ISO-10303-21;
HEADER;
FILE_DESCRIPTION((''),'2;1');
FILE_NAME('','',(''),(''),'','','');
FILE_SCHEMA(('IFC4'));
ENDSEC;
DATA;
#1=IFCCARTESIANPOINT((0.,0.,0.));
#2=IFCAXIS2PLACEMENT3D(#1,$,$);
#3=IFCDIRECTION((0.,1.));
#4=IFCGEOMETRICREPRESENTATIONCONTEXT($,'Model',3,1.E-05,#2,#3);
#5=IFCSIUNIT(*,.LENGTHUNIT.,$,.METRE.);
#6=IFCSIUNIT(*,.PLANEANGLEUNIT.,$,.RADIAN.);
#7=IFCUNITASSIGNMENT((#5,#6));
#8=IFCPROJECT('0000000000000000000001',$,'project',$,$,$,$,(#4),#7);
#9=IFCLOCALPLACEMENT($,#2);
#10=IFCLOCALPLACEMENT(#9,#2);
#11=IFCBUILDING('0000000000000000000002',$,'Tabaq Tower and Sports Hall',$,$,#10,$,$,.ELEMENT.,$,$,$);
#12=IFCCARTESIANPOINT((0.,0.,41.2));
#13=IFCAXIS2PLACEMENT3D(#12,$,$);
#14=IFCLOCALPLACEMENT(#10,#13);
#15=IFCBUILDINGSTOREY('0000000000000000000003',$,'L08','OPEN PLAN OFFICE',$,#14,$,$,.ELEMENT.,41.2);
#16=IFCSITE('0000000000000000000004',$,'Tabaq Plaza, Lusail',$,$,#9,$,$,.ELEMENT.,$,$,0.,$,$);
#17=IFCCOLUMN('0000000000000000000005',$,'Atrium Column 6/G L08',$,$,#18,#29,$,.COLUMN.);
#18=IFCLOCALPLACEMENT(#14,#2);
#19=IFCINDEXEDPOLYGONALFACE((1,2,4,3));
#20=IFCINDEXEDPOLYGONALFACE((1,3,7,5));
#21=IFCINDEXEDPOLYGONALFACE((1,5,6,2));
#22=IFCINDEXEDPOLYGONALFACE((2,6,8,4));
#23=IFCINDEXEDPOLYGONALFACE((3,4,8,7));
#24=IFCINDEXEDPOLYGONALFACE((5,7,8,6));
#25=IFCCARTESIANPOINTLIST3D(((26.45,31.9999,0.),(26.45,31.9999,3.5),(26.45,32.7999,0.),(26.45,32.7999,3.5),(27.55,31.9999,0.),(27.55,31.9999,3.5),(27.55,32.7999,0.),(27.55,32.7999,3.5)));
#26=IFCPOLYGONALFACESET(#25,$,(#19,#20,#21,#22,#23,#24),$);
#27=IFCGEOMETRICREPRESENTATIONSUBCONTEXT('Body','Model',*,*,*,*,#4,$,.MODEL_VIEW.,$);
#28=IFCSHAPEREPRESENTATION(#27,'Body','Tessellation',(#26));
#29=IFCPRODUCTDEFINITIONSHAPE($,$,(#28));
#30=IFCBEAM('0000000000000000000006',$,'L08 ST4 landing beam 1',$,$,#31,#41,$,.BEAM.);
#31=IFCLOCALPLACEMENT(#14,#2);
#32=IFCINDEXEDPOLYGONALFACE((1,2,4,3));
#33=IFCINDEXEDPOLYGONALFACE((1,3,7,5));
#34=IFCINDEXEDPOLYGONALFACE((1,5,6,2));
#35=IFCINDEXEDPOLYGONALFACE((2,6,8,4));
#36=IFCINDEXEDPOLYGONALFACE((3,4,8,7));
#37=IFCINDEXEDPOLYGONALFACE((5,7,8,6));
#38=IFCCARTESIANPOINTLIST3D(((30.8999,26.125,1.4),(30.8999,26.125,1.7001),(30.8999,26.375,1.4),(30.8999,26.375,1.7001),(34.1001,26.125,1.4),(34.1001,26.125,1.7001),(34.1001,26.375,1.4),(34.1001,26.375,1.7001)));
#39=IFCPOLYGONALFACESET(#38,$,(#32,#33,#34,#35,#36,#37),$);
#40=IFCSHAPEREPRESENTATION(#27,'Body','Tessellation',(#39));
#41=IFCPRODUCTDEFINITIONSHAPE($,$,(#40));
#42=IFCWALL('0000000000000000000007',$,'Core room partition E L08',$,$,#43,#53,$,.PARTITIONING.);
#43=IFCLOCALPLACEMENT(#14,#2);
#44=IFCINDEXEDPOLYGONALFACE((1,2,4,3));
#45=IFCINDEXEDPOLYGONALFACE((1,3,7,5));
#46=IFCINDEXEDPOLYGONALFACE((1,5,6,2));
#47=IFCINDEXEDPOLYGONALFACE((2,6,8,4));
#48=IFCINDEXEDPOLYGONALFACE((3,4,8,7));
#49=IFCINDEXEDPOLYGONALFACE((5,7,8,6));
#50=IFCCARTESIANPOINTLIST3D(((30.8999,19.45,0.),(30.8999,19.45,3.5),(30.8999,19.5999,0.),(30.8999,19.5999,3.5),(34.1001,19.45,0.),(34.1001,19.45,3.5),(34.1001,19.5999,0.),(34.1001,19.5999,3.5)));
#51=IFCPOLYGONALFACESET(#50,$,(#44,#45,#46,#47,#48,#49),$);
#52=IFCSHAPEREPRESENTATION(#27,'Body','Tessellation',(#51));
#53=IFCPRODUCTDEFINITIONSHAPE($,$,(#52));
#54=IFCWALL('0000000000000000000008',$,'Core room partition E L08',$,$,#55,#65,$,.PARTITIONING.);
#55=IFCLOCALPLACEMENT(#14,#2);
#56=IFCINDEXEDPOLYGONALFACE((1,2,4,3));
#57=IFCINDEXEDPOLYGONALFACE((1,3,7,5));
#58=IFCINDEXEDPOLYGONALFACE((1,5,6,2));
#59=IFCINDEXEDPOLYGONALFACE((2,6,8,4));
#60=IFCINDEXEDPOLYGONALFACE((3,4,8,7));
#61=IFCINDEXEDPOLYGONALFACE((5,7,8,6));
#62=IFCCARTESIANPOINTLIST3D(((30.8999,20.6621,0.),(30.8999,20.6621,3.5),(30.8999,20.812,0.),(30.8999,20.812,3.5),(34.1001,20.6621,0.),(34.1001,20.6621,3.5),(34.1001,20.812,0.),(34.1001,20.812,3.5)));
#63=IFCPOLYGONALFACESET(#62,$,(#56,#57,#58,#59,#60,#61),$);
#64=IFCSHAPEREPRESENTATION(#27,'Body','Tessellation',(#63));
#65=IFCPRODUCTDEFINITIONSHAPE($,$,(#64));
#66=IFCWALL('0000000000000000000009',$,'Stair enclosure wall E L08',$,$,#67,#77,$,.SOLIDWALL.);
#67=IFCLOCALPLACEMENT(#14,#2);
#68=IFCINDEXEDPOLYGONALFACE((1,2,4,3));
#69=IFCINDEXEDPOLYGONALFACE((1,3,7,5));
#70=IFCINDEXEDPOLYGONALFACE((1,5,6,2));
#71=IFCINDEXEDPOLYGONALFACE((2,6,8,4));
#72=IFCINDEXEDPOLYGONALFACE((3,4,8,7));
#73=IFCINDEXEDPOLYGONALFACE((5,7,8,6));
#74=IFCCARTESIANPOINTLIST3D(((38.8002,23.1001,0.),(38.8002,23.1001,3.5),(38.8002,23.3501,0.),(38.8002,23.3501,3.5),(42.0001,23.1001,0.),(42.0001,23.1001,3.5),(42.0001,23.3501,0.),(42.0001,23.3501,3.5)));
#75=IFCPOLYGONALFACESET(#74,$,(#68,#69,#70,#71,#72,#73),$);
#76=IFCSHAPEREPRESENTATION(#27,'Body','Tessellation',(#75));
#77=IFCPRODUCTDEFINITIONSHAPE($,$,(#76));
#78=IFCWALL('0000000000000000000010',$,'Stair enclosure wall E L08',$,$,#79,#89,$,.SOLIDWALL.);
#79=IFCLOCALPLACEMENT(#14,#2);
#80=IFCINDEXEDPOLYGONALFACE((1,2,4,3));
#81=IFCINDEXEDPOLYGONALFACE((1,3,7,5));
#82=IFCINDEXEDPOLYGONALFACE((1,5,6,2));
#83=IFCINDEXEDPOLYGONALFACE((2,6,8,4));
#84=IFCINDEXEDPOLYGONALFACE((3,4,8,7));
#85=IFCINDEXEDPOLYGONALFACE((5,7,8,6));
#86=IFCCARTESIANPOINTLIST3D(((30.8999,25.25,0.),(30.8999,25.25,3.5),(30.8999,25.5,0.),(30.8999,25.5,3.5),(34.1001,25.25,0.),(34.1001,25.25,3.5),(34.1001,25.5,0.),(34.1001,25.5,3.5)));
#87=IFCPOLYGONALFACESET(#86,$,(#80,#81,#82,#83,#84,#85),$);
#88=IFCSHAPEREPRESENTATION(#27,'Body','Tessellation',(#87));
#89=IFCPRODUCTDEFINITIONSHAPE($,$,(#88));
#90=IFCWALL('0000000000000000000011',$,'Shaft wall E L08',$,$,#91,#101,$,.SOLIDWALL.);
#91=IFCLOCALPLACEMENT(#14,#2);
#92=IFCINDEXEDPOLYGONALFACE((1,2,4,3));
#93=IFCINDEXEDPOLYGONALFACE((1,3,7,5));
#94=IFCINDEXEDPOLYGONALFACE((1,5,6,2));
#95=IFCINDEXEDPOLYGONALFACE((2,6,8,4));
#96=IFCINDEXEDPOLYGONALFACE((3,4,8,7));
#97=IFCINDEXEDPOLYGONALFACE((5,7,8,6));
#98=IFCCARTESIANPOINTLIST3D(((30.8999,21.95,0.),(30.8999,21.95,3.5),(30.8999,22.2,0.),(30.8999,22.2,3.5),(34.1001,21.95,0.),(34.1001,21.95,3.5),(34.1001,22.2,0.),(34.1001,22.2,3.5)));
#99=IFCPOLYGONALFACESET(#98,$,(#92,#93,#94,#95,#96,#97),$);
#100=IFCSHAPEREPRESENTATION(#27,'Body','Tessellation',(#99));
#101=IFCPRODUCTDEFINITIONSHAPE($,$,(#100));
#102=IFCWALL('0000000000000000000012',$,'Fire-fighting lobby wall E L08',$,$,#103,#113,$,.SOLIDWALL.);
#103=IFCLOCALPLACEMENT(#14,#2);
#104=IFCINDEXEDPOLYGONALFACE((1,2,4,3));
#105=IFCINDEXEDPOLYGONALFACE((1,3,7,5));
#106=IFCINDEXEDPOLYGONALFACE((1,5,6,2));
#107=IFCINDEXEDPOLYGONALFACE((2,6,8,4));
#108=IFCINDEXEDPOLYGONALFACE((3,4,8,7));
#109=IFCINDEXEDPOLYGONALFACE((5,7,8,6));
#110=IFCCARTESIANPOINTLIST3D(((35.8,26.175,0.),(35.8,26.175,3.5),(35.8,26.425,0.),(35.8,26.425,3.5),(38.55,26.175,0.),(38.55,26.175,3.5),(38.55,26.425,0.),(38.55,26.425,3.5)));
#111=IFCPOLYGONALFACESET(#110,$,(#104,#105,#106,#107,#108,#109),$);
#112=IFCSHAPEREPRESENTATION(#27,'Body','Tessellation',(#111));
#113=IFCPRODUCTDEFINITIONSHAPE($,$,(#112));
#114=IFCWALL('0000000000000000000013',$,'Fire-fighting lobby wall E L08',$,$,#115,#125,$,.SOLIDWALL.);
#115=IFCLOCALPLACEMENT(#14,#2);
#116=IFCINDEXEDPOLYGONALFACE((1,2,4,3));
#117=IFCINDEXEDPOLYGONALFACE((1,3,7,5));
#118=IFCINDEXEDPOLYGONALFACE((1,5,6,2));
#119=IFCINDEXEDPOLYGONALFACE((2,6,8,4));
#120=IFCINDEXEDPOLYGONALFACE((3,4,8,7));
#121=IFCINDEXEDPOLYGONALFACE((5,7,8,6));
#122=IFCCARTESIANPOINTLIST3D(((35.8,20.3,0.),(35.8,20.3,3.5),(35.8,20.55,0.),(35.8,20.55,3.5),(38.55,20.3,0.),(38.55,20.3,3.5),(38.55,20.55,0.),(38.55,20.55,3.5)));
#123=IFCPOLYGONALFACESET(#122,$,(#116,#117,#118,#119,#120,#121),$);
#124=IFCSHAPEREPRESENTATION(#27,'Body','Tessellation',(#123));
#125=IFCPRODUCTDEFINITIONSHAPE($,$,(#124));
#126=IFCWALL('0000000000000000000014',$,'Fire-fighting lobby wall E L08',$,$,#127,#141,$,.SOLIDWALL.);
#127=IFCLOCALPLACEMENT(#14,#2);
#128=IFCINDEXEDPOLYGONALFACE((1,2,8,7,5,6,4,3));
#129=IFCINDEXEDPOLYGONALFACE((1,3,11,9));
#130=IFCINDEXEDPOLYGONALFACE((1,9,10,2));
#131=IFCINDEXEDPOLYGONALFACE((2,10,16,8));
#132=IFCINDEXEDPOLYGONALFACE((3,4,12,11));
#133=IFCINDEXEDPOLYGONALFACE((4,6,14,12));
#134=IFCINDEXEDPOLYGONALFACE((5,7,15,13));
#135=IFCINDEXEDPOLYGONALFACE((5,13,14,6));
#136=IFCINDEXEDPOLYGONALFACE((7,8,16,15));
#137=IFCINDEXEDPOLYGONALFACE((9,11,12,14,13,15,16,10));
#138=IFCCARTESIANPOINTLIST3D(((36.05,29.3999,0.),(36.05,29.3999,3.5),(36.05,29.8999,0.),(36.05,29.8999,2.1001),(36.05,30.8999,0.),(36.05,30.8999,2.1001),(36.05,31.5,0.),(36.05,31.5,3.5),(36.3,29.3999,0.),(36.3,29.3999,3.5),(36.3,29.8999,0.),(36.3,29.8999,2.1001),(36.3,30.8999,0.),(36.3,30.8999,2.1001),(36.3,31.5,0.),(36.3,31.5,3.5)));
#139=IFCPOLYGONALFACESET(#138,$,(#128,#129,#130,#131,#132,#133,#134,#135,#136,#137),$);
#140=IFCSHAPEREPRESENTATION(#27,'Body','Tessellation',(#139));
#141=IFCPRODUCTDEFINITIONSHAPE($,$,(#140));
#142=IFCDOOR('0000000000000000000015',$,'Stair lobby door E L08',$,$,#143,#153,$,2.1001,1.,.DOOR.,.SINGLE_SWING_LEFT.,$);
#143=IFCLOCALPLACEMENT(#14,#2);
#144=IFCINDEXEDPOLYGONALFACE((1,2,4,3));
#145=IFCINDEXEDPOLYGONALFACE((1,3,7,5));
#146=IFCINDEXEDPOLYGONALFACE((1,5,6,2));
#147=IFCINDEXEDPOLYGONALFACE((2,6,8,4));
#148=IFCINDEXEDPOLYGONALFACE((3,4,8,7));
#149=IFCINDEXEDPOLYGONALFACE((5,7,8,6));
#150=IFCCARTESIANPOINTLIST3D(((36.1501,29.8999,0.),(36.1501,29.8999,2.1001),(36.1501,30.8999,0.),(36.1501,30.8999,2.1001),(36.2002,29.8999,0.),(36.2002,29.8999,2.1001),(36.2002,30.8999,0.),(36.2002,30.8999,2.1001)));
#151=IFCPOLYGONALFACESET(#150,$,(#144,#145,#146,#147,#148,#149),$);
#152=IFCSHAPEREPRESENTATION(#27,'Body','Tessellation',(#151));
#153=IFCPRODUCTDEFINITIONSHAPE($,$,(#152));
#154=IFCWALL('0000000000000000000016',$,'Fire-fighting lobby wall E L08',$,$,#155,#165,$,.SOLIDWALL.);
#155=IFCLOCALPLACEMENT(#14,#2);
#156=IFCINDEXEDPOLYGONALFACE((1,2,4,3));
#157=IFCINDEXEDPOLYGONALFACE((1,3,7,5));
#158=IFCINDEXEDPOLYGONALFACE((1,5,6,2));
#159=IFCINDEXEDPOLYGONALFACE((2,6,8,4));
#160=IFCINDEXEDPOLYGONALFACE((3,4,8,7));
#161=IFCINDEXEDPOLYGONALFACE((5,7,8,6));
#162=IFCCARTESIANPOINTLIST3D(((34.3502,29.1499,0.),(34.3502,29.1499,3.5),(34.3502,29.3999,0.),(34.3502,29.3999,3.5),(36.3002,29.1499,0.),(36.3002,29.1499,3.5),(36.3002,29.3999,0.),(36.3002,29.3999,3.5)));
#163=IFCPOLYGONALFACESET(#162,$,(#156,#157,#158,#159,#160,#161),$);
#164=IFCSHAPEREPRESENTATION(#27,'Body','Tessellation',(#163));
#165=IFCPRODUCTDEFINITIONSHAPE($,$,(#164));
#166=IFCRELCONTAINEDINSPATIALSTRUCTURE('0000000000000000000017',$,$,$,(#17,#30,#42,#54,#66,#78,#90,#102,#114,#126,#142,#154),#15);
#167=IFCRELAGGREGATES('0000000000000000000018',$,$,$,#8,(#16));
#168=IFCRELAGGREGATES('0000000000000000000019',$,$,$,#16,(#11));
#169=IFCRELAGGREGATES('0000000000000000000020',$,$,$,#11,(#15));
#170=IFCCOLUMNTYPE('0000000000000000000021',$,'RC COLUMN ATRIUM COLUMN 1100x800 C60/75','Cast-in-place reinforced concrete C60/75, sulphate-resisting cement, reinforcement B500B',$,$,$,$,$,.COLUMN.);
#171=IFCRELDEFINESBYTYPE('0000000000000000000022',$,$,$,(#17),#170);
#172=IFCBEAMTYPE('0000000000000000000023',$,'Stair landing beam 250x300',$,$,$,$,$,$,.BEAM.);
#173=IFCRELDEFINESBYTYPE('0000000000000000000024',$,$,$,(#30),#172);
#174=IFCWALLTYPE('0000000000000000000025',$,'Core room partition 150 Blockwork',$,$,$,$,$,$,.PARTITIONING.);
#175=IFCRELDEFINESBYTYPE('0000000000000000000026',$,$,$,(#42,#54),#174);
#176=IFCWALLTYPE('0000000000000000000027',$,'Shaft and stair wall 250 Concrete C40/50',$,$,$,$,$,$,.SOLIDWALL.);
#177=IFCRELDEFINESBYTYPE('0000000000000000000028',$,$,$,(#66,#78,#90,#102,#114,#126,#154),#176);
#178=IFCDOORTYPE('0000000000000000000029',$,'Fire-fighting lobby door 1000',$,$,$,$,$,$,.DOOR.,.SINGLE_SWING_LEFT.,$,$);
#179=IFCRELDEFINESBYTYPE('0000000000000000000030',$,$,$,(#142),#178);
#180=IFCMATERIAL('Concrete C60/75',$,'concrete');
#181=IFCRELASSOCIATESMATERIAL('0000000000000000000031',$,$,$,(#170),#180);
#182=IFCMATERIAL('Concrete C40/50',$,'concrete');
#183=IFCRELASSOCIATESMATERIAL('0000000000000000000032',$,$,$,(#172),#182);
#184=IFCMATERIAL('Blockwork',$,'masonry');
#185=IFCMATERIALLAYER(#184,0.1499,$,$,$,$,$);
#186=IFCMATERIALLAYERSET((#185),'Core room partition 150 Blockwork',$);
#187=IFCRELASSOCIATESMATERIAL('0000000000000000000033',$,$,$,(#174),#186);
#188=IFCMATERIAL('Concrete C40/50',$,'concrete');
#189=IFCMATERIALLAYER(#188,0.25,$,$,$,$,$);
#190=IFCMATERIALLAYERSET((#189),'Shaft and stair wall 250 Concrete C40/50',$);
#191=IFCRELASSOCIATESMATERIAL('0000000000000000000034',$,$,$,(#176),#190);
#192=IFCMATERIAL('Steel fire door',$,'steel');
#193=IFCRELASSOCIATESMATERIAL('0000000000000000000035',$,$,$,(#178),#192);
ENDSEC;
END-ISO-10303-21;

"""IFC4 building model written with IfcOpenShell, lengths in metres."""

from ifc_helpers import new_model, si_unit, direction, frame, frame_2d, origin, origin_2d, place, context, subcontext, project, spatial, rectangle, extrude, material, layer, layer_set, material_profile, profile_set, type_object, element, fill, save


model = new_model("IFC4")

# Units and contexts
model_context = context("Model", 3, precision=1e-05, world=origin(), true_north=direction((0.0, 1.0)))
body_context = subcontext(model_context, "Body", "Model", "MODEL_VIEW")
ifc_project = project(units=[si_unit("LENGTHUNIT", "METRE"), si_unit("PLANEANGLEUNIT", "RADIAN")], contexts=[model_context])

# Site, building, storey
site_placement = place(None, origin())
site = spatial("IfcSite", under=ifc_project, at=site_placement, Name="Tabaq Plaza, Lusail", CompositionType="ELEMENT", RefElevation=0.0)
building_placement = place(site_placement, origin())
building = spatial("IfcBuilding", under=site, at=building_placement, Name="Tabaq Tower and Sports Hall", CompositionType="ELEMENT")
storey_placement = place(building_placement, frame((0.0, 0.0, 41.2)))
storey = spatial("IfcBuildingStorey", under=building, at=storey_placement, Name="L08", Description="OPEN PLAN OFFICE", CompositionType="ELEMENT", Elevation=41.2)

# Column
ifc_material_1 = material(Name="Concrete C60/75", Category="concrete")
ifc_material_profile_1 = material_profile(ifc_material_1, rectangle(XDim=1.1001, YDim=0.8, at=origin_2d()), Name="ATRIUM COLUMN 1100x800")
ifc_profile_set_1 = profile_set([ifc_material_profile_1], Name="Concrete C60/75")
column_type = type_object("IfcColumnType", Name="RC COLUMN ATRIUM COLUMN 1100x800 C60/75", Description="Cast-in-place reinforced concrete C60/75, sulphate-resisting cement, reinforcement B500B", PredefinedType="COLUMN", material=ifc_profile_set_1)
column_placement = place(storey_placement, frame((27.0, 32.3999, 0.0), z_axis=(0.0, 0.0, 1.0), x_axis=(1.0, 0.0, 0.0)))
element("IfcColumn", 1, at=column_placement, inside=storey, type_object=column_type, Name="Atrium Column 6/G L08", PredefinedType="COLUMN", context=body_context, shape_type="SweptSolid", body=[
    extrude(rectangle(XDim=1.1001, YDim=0.8, at=origin_2d()), origin(), (0.0, 0.0, 1.0), 3.5),
])

# Beam
ifc_material_2 = material(Name="Concrete C40/50", Category="concrete")
ifc_material_profile_2 = material_profile(ifc_material_2, rectangle(XDim=0.25, YDim=0.3, at=origin_2d()), Name="RC 250x300")
ifc_profile_set_2 = profile_set([ifc_material_profile_2], Name="Concrete C40/50")
beam_type = type_object("IfcBeamType", Name="Stair landing beam 250x300", PredefinedType="BEAM", material=ifc_profile_set_2)
beam_placement = place(storey_placement, frame((30.8999, 26.25, 1.55), z_axis=(1.0, 0.0, 0.0), x_axis=(0.0, 1.0, 0.0)))
element("IfcBeam", 2, at=beam_placement, inside=storey, type_object=beam_type, Name="L08 ST4 landing beam 1", PredefinedType="BEAM", context=body_context, shape_type="SweptSolid", body=[
    extrude(rectangle(XDim=0.25, YDim=0.3, at=origin_2d()), origin(), (0.0, 0.0, 1.0), 3.2002),
])

# Walls
ifc_material_3 = material(Name="Blockwork", Category="masonry")
ifc_layer_1 = layer(ifc_material_3, 0.1499)
ifc_layer_set_1 = layer_set([ifc_layer_1], Name="Core room partition 150 Blockwork")
wall_type_1 = type_object("IfcWallType", Name="Core room partition 150 Blockwork", PredefinedType="PARTITIONING", material=ifc_layer_set_1)
for number, where, z_axis, x_axis, name in (
    (3, (30.8999, 19.5249, 0.0), (0.0, 0.0, 1.0), (1.0, 0.0, 0.0), "Core room partition E L08"),
    (4, (30.8999, 20.7371, 0.0), (0.0, 0.0, 1.0), (1.0, 0.0, 0.0), "Core room partition E L08"),
):
    element("IfcWall", number, at=place(storey_placement, frame(where, z_axis=z_axis, x_axis=x_axis)), inside=storey, type_object=wall_type_1, Name=name, PredefinedType="PARTITIONING", context=body_context, shape_type="SweptSolid", body=[
        extrude(rectangle(XDim=3.2002, YDim=0.1499, at=frame_2d((1.6001, 0.0))), origin(), (0.0, 0.0, 1.0), 3.5),
    ])

# Walls
ifc_material_4 = material(Name="Concrete C40/50", Category="concrete")
ifc_layer_2 = layer(ifc_material_4, 0.25)
ifc_layer_set_2 = layer_set([ifc_layer_2], Name="Shaft and stair wall 250 Concrete C40/50")
wall_type_2 = type_object("IfcWallType", Name="Shaft and stair wall 250 Concrete C40/50", PredefinedType="SOLIDWALL", material=ifc_layer_set_2)
wall_1_placement = place(storey_placement, frame((38.8, 23.2251, 0.0), z_axis=(0.0, 0.0, 1.0), x_axis=(1.0, 0.0, 0.0)))
element("IfcWall", 5, at=wall_1_placement, inside=storey, type_object=wall_type_2, Name="Stair enclosure wall E L08", PredefinedType="SOLIDWALL", context=body_context, shape_type="SweptSolid", body=[
    extrude(rectangle(XDim=3.2, YDim=0.25, at=frame_2d((1.6001, 0.0))), origin(), (0.0, 0.0, 1.0), 3.5),
])
for number, where, z_axis, x_axis, name in (
    (6, (30.8999, 25.375, 0.0), (0.0, 0.0, 1.0), (1.0, 0.0, 0.0), "Stair enclosure wall E L08"),
    (7, (30.8999, 22.075, 0.0), (0.0, 0.0, 1.0), (1.0, 0.0, 0.0), "Shaft wall E L08"),
):
    element("IfcWall", number, at=place(storey_placement, frame(where, z_axis=z_axis, x_axis=x_axis)), inside=storey, type_object=wall_type_2, Name=name, PredefinedType="SOLIDWALL", context=body_context, shape_type="SweptSolid", body=[
        extrude(rectangle(XDim=3.2002, YDim=0.25, at=frame_2d((1.6001, 0.0))), origin(), (0.0, 0.0, 1.0), 3.5),
    ])
for number, where, z_axis, x_axis, name in (
    (8, (35.8, 26.3, 0.0), (0.0, 0.0, 1.0), (1.0, 0.0, 0.0), "Fire-fighting lobby wall E L08"),
    (9, (35.8, 20.425, 0.0), (0.0, 0.0, 1.0), (1.0, 0.0, 0.0), "Fire-fighting lobby wall E L08"),
):
    element("IfcWall", number, at=place(storey_placement, frame(where, z_axis=z_axis, x_axis=x_axis)), inside=storey, type_object=wall_type_2, Name=name, PredefinedType="SOLIDWALL", context=body_context, shape_type="SweptSolid", body=[
        extrude(rectangle(XDim=2.75, YDim=0.25, at=frame_2d((1.375, 0.0))), origin(), (0.0, 0.0, 1.0), 3.5),
    ])

# Wall, opening, door
wall_2_placement = place(storey_placement, frame((36.175, 29.3999, 0.0), z_axis=(0.0, 0.0, 1.0), x_axis=(0.0, 1.0, 0.0)))
wall_2 = element("IfcWall", 10, at=wall_2_placement, inside=storey, type_object=wall_type_2, Name="Fire-fighting lobby wall E L08", PredefinedType="SOLIDWALL", context=body_context, shape_type="SweptSolid", body=[
    extrude(rectangle(XDim=2.1001, YDim=0.25, at=frame_2d((1.05, 0.0))), origin(), (0.0, 0.0, 1.0), 3.5),
])
opening_1_placement = place(wall_2_placement, frame((0.5, 0.0, 0.0)))
opening_1 = element("IfcOpeningElement", 11, at=opening_1_placement, cuts=wall_2, PredefinedType="OPENING", context=body_context, shape_type="SweptSolid", body=[
    extrude(rectangle(XDim=1.0, YDim=2.1001, at=frame_2d((0.5, 1.05))), frame((0.0, 0.125, 0.0), z_axis=(0.0, -1.0, 0.0), x_axis=(1.0, 0.0, 0.0)), (0.0, 0.0, 1.0), 0.25),
])
ifc_material_5 = material(Name="Steel fire door", Category="steel")
door_type_1 = type_object("IfcDoorType", Name="Fire-fighting lobby door 1000", OperationType="SINGLE_SWING_LEFT", PredefinedType="DOOR", material=ifc_material_5)
door_1_placement = place(opening_1_placement, origin())
door_1 = element("IfcDoor", 12, at=door_1_placement, inside=storey, type_object=door_type_1, Name="Stair lobby door E L08", OperationType="SINGLE_SWING_LEFT", OverallHeight=2.1001, OverallWidth=1.0, PredefinedType="DOOR", context=body_context, shape_type="SweptSolid", body=[
    extrude(rectangle(XDim=1.0, YDim=2.1001, at=frame_2d((0.5, 1.05))), frame((0.0, 0.0249, 0.0), z_axis=(0.0, -1.0, 0.0), x_axis=(1.0, 0.0, 0.0)), (0.0, 0.0, 1.0), 0.05),
])
fill(opening_1, door_1)

# Wall
wall_3_placement = place(storey_placement, frame((34.3501, 29.2749, 0.0), z_axis=(0.0, 0.0, 1.0), x_axis=(1.0, 0.0, 0.0)))
element("IfcWall", 13, at=wall_3_placement, inside=storey, type_object=wall_type_2, Name="Fire-fighting lobby wall E L08", PredefinedType="SOLIDWALL", context=body_context, shape_type="SweptSolid", body=[
    extrude(rectangle(XDim=1.95, YDim=0.25, at=frame_2d((0.9751, 0.0))), origin(), (0.0, 0.0, 1.0), 3.5),
])

save(model, "model.ifc")
